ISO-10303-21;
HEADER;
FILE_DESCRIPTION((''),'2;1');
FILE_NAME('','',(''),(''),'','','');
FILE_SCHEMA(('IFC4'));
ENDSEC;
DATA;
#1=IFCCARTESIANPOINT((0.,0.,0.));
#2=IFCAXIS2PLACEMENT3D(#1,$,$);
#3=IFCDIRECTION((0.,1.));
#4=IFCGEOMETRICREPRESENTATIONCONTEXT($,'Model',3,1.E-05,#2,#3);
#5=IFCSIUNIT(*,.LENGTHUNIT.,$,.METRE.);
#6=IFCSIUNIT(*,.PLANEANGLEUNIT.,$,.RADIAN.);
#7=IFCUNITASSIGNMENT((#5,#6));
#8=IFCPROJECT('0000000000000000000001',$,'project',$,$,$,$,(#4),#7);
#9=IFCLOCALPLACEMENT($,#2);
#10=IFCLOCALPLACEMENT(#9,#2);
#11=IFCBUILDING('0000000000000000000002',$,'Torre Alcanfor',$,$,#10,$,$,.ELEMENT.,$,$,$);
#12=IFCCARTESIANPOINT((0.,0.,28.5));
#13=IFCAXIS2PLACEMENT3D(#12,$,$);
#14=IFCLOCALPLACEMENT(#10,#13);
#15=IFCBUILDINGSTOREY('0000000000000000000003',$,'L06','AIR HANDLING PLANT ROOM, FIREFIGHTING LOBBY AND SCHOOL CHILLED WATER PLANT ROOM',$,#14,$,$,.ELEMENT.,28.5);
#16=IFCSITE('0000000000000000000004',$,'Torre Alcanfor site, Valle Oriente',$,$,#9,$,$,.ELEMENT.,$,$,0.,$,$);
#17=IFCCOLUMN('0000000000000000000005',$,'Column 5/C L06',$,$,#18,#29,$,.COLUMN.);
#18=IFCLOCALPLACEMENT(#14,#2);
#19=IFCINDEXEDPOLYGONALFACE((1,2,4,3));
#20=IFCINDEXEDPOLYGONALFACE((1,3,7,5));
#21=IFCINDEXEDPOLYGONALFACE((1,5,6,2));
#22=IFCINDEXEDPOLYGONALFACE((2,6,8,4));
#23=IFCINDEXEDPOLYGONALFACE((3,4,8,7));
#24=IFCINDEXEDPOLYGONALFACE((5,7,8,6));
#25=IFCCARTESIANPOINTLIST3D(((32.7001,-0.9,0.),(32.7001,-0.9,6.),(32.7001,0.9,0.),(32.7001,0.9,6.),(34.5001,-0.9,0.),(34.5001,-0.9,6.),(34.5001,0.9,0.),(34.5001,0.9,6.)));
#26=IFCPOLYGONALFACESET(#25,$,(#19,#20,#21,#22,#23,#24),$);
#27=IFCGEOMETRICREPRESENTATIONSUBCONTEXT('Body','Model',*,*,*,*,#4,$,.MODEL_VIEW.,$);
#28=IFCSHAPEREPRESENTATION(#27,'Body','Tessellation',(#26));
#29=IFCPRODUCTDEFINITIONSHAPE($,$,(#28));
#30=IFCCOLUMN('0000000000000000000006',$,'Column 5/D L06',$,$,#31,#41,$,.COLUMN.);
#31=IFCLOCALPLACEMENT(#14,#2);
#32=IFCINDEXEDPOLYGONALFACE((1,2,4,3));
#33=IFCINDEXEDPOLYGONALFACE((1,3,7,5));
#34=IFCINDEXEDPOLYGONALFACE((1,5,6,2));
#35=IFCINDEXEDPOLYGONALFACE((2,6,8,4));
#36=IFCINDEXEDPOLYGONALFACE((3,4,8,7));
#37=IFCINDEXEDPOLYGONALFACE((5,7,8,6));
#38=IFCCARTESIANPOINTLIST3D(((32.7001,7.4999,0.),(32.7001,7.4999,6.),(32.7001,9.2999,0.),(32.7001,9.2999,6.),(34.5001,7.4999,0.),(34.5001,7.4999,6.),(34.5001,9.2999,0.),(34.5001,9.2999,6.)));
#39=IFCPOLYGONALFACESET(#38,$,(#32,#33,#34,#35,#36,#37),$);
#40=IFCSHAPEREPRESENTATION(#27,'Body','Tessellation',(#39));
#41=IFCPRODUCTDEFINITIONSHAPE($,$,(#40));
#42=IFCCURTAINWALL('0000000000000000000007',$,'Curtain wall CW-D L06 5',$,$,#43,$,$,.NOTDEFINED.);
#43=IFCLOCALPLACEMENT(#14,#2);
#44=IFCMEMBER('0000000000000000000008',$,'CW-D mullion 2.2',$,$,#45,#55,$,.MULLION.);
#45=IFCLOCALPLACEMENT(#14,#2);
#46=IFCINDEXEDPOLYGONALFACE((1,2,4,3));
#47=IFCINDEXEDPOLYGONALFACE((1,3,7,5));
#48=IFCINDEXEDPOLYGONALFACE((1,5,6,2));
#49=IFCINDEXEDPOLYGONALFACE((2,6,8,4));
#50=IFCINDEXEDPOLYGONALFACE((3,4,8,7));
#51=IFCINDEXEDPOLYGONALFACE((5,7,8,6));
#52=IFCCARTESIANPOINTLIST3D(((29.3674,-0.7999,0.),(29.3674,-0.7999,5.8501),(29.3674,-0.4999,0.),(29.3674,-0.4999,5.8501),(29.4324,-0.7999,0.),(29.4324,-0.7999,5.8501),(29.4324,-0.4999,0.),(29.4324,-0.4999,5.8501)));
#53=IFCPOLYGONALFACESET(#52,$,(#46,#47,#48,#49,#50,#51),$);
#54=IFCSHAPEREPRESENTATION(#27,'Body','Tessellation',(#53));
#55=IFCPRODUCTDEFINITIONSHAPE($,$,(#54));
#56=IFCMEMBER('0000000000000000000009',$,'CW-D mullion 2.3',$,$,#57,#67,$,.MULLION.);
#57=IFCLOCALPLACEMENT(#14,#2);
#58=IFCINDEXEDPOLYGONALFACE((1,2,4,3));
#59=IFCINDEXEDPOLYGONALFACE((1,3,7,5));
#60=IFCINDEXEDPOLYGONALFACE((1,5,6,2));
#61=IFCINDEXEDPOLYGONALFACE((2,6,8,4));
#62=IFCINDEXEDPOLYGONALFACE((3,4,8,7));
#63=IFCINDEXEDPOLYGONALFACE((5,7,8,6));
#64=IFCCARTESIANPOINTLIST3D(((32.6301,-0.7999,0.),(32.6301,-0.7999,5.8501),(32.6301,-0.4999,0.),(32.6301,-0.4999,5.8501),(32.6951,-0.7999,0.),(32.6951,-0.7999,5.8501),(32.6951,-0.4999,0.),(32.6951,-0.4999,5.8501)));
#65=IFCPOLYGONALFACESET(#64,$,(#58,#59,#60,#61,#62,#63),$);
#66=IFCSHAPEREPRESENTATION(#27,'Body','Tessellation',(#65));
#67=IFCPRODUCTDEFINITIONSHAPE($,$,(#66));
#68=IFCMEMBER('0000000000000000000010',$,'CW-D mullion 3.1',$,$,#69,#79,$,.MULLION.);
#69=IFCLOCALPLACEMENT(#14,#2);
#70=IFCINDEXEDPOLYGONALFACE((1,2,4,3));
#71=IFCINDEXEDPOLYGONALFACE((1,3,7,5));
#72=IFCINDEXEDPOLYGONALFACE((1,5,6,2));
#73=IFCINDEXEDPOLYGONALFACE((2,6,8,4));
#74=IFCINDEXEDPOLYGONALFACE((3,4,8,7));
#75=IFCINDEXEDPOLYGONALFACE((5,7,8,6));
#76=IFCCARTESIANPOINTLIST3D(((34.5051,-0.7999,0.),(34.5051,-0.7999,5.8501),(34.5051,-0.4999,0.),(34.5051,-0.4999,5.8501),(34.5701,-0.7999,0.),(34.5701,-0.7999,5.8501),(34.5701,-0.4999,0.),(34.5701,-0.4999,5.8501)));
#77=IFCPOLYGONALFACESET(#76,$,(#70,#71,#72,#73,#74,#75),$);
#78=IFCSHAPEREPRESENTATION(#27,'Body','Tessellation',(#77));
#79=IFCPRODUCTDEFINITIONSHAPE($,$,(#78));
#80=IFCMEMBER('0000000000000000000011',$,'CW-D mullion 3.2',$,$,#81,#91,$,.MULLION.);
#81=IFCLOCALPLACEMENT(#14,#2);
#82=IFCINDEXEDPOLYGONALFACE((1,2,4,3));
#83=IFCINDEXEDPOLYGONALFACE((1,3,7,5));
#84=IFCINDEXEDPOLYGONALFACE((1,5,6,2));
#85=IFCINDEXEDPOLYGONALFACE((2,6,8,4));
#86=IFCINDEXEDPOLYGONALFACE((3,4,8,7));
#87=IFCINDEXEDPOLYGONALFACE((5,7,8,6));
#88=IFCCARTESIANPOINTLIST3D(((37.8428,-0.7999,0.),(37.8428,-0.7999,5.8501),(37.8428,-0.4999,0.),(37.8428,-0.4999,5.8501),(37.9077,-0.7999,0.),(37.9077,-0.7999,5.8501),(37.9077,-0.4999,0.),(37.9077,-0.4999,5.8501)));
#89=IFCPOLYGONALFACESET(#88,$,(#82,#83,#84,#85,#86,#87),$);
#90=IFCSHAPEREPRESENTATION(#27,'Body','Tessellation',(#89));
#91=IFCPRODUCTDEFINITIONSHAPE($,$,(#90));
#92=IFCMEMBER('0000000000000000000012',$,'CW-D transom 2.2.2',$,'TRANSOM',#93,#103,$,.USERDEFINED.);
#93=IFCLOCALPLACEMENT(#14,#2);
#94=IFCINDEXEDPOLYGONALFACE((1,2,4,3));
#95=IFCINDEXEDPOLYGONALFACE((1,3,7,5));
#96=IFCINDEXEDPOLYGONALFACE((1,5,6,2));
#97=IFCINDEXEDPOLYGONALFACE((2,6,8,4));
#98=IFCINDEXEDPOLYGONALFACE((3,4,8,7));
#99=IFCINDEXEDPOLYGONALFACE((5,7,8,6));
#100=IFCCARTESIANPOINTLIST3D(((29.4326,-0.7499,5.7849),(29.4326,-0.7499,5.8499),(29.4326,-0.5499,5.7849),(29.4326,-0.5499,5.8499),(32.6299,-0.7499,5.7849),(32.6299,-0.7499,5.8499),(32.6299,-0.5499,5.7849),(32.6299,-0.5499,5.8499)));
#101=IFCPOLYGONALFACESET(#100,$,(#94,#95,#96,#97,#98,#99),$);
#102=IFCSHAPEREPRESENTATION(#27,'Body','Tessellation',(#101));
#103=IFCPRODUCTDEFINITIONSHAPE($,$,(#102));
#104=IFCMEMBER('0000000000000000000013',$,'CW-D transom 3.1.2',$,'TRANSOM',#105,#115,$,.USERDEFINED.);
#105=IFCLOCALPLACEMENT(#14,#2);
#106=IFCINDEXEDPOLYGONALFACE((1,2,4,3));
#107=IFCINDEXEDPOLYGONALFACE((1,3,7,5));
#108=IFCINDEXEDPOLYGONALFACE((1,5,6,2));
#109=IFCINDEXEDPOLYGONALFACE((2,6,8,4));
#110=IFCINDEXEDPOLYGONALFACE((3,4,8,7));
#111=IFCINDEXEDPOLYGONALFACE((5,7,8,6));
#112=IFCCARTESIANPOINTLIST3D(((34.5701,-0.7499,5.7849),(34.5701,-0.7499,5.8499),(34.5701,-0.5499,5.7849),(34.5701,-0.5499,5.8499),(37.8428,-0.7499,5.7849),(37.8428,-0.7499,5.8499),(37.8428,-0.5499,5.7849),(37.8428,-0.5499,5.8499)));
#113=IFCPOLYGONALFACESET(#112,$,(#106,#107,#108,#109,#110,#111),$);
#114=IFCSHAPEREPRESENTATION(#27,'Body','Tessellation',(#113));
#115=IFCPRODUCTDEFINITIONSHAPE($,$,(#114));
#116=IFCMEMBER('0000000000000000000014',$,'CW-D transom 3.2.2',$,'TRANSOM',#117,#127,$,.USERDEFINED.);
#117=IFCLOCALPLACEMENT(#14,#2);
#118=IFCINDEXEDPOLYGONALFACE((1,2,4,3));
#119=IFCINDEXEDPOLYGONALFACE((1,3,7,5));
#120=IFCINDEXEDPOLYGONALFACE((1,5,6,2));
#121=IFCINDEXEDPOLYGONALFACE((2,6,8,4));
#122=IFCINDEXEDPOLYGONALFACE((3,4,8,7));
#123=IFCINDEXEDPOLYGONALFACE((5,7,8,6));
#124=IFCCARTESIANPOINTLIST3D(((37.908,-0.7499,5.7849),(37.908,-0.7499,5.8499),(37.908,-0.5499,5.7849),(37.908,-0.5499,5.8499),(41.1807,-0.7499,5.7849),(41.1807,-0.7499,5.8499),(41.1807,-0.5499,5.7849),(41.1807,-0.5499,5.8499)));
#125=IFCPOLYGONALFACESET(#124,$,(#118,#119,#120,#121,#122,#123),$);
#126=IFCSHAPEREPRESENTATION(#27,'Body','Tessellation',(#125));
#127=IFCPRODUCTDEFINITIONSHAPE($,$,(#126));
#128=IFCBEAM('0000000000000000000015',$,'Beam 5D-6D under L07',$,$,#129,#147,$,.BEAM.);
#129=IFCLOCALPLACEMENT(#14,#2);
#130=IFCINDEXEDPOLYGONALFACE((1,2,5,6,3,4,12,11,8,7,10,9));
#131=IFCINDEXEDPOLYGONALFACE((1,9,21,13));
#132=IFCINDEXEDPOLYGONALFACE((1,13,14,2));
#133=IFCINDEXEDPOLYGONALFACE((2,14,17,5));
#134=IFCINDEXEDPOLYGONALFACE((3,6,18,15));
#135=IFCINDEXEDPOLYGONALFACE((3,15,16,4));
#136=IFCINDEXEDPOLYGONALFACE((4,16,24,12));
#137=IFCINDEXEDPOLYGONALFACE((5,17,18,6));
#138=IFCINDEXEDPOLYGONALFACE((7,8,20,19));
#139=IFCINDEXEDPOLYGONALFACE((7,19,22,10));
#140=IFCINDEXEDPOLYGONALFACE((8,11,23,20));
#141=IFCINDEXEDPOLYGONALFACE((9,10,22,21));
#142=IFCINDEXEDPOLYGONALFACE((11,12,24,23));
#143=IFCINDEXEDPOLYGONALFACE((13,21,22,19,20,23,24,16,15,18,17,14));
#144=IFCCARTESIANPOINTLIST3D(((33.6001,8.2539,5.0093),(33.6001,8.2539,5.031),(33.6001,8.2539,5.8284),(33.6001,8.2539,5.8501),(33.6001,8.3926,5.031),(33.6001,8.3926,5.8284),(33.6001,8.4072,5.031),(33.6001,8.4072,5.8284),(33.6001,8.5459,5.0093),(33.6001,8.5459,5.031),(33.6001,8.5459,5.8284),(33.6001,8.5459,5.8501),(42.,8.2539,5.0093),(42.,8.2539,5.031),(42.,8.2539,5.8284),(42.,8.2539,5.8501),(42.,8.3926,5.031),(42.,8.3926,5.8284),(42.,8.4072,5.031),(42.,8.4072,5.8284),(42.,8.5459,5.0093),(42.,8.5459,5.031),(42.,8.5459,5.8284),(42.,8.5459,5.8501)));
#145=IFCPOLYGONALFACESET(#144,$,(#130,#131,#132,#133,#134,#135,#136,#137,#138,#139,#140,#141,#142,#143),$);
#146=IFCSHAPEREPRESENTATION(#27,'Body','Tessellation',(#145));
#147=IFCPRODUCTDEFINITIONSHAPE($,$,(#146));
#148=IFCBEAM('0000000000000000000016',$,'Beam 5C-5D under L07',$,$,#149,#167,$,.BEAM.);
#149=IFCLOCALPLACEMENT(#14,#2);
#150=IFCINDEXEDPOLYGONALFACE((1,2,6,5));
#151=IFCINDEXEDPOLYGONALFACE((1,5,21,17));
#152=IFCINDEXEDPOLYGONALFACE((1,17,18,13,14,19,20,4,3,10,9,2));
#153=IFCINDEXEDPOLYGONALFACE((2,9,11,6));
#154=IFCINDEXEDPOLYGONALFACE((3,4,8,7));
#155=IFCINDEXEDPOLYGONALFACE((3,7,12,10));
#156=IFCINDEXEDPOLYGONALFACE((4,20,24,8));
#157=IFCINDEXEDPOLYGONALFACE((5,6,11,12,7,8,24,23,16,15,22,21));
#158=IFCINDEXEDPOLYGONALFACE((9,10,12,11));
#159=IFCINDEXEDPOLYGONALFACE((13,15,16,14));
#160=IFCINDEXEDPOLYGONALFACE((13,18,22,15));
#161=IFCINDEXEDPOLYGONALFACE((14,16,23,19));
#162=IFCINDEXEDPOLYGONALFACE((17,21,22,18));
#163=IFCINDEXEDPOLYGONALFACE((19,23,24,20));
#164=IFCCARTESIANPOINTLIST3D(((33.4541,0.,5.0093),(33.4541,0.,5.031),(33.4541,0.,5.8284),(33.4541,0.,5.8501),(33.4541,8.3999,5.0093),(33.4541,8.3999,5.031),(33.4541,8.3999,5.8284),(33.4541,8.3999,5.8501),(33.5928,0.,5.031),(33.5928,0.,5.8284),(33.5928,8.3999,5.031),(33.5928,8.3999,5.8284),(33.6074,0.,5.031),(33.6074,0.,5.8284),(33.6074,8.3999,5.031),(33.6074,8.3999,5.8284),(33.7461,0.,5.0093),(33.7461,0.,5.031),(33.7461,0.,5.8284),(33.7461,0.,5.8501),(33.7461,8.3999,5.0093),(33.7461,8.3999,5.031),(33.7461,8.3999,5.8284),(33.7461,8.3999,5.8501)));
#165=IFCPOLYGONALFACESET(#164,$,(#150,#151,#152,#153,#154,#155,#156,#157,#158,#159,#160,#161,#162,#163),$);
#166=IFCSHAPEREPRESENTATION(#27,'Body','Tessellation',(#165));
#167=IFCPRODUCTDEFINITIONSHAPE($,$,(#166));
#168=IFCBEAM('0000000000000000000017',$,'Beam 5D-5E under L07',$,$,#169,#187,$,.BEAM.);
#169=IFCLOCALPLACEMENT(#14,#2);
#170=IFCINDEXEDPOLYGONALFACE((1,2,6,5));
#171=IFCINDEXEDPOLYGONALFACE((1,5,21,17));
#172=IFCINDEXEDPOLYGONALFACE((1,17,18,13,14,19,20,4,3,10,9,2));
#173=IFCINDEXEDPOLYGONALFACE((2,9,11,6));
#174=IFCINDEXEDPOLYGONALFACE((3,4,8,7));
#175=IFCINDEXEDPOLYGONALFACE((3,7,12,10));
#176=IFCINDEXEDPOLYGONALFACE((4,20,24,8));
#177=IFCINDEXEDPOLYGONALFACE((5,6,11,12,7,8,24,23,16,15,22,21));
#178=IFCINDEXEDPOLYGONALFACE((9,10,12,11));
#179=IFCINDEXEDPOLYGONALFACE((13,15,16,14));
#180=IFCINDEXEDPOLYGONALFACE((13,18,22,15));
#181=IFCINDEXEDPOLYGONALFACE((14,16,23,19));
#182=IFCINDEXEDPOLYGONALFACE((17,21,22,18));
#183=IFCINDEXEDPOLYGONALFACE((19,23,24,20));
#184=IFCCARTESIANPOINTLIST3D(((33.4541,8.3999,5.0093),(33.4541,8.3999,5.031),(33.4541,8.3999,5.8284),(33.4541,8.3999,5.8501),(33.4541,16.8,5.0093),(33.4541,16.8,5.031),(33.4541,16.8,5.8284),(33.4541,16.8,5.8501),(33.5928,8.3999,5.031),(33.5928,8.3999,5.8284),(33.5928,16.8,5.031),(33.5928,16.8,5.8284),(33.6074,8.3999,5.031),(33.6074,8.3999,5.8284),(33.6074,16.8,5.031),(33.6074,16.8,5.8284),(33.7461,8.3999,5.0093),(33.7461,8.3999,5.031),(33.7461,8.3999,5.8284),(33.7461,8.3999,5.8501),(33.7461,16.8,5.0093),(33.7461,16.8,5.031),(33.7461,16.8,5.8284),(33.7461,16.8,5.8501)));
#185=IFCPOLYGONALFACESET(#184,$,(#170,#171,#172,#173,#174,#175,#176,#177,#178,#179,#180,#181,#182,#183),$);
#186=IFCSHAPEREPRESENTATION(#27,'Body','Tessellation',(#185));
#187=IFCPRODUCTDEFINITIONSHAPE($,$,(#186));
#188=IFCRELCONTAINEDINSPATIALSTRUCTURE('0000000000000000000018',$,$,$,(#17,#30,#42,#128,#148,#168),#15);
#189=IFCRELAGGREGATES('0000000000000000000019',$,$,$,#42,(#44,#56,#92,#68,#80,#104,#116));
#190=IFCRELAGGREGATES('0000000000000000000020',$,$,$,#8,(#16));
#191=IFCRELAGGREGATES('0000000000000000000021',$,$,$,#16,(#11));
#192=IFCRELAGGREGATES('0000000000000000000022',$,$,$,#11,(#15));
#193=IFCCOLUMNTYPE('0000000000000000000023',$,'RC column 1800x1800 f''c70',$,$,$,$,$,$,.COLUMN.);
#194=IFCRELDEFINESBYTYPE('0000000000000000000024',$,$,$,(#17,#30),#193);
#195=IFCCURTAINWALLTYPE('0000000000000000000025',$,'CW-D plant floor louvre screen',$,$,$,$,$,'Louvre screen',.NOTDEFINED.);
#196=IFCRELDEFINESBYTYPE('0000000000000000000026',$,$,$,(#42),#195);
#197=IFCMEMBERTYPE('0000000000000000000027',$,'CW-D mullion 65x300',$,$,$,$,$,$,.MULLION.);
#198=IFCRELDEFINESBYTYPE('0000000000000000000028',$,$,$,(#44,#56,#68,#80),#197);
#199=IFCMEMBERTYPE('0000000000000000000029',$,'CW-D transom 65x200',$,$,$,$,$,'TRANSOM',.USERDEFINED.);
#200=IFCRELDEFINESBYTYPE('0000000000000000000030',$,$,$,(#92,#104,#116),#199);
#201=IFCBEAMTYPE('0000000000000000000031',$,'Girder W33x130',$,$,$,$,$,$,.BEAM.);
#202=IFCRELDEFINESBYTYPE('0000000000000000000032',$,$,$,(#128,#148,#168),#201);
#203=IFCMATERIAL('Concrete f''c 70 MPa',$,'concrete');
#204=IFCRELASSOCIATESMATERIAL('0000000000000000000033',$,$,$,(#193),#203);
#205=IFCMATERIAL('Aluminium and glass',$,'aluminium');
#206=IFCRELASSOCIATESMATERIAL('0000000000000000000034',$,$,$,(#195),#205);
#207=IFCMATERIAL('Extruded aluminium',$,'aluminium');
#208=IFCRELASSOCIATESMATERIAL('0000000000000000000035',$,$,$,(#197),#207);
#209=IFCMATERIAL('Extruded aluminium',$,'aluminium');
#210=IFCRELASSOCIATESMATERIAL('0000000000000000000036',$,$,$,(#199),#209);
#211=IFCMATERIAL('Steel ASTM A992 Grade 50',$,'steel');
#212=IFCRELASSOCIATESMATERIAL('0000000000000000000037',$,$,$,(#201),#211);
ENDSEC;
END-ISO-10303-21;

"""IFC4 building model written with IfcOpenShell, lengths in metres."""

from ifc_helpers import new_model, si_unit, direction, frame, origin, origin_2d, place, context, subcontext, project, spatial, rectangle, i_section, extrude, material, material_profile, profile_set, type_object, element, aggregate, save


model = new_model("IFC4")

# Units and contexts
model_context = context("Model", 3, precision=1e-05, world=origin(), true_north=direction((0.0, 1.0)))
body_context = subcontext(model_context, "Body", "Model", "MODEL_VIEW")
ifc_project = project(units=[si_unit("LENGTHUNIT", "METRE"), si_unit("PLANEANGLEUNIT", "RADIAN")], contexts=[model_context])

# Site, building, storey
site_placement = place(None, origin())
site = spatial("IfcSite", under=ifc_project, at=site_placement, Name="Torre Alcanfor site, Valle Oriente", CompositionType="ELEMENT", RefElevation=0.0)
building_placement = place(site_placement, origin())
building = spatial("IfcBuilding", under=site, at=building_placement, Name="Torre Alcanfor", CompositionType="ELEMENT")
storey_placement = place(building_placement, frame((0.0, 0.0, 28.5)))
storey = spatial("IfcBuildingStorey", under=building, at=storey_placement, Name="L06", Description="AIR HANDLING PLANT ROOM, FIREFIGHTING LOBBY AND SCHOOL CHILLED WATER PLANT ROOM", CompositionType="ELEMENT", Elevation=28.5)

# Columns
ifc_material_1 = material(Name="Concrete f'c 70 MPa", Category="concrete")
ifc_material_profile_1 = material_profile(ifc_material_1, rectangle(XDim=1.8, YDim=1.8, at=origin_2d()), Name="1800x1800")
ifc_profile_set_1 = profile_set([ifc_material_profile_1], Name="Concrete f'c 70 MPa")
column_type = type_object("IfcColumnType", Name="RC column 1800x1800 f'c70", PredefinedType="COLUMN", material=ifc_profile_set_1)
for number, where, z_axis, x_axis, name in (
    (1, (33.6001, 0.0, 0.0), (0.0, 0.0, 1.0), (1.0, 0.0, 0.0), "Column 5/C L06"),
    (2, (33.6001, 8.3999, 0.0), (0.0, 0.0, 1.0), (1.0, 0.0, 0.0), "Column 5/D L06"),
):
    element("IfcColumn", number, at=place(storey_placement, frame(where, z_axis=z_axis, x_axis=x_axis)), inside=storey, type_object=column_type, Name=name, PredefinedType="COLUMN", context=body_context, shape_type="SweptSolid", body=[
        extrude(rectangle(XDim=1.8, YDim=1.8, at=origin_2d()), origin(), (0.0, 0.0, 1.0), 6.0),
    ])

# Curtain wall, members
ifc_material_2 = material(Name="Aluminium and glass", Category="aluminium")
curtain_wall_type = type_object("IfcCurtainWallType", Name="CW-D plant floor louvre screen", ElementType="Louvre screen", PredefinedType="NOTDEFINED", material=ifc_material_2)
curtain_wall_placement = place(storey_placement, origin())
curtain_wall = element("IfcCurtainWall", 3, at=curtain_wall_placement, inside=storey, type_object=curtain_wall_type, Name="Curtain wall CW-D L06 5", PredefinedType="NOTDEFINED")
ifc_material_3 = material(Name="Extruded aluminium", Category="aluminium")
ifc_material_profile_2 = material_profile(ifc_material_3, rectangle(XDim=0.3, YDim=0.0649, at=origin_2d()), Name="CW-D mullion 65x300")
ifc_profile_set_2 = profile_set([ifc_material_profile_2], Name="Extruded aluminium")
member_type_1 = type_object("IfcMemberType", Name="CW-D mullion 65x300", PredefinedType="MULLION", material=ifc_profile_set_2)
member_1_placement = place(storey_placement, frame((29.3999, -0.6499, 0.0), z_axis=(0.0, 0.0, 1.0), x_axis=(0.0, 1.0, 0.0)))
member_1 = element("IfcMember", 4, at=member_1_placement, type_object=member_type_1, Name="CW-D mullion 2.2", PredefinedType="MULLION", context=body_context, shape_type="SweptSolid", body=[
    extrude(rectangle(XDim=0.3, YDim=0.0649, at=origin_2d()), origin(), (0.0, 0.0, 1.0), 5.8501),
])
member_2_placement = place(storey_placement, frame((32.6626, -0.6499, 0.0), z_axis=(0.0, 0.0, 1.0), x_axis=(0.0, 1.0, 0.0)))
member_2 = element("IfcMember", 5, at=member_2_placement, type_object=member_type_1, Name="CW-D mullion 2.3", PredefinedType="MULLION", context=body_context, shape_type="SweptSolid", body=[
    extrude(rectangle(XDim=0.3, YDim=0.0649, at=origin_2d()), origin(), (0.0, 0.0, 1.0), 5.8501),
])
member_3_placement = place(storey_placement, frame((34.5376, -0.6499, 0.0), z_axis=(0.0, 0.0, 1.0), x_axis=(0.0, 1.0, 0.0)))
member_3 = element("IfcMember", 6, at=member_3_placement, type_object=member_type_1, Name="CW-D mullion 3.1", PredefinedType="MULLION", context=body_context, shape_type="SweptSolid", body=[
    extrude(rectangle(XDim=0.3, YDim=0.0649, at=origin_2d()), origin(), (0.0, 0.0, 1.0), 5.8501),
])
member_4_placement = place(storey_placement, frame((37.8752, -0.6499, 0.0), z_axis=(0.0, 0.0, 1.0), x_axis=(0.0, 1.0, 0.0)))
member_4 = element("IfcMember", 7, at=member_4_placement, type_object=member_type_1, Name="CW-D mullion 3.2", PredefinedType="MULLION", context=body_context, shape_type="SweptSolid", body=[
    extrude(rectangle(XDim=0.3, YDim=0.0649, at=origin_2d()), origin(), (0.0, 0.0, 1.0), 5.8501),
])
ifc_material_4 = material(Name="Extruded aluminium", Category="aluminium")
ifc_material_profile_3 = material_profile(ifc_material_4, rectangle(XDim=0.2, YDim=0.0649, at=origin_2d()), Name="CW-D transom 200x65")
ifc_profile_set_3 = profile_set([ifc_material_profile_3], Name="Extruded aluminium")
member_type_2 = type_object("IfcMemberType", Name="CW-D transom 65x200", ElementType="TRANSOM", PredefinedType="USERDEFINED", material=ifc_profile_set_3)
member_5_placement = place(storey_placement, frame((29.4326, -0.6499, 5.8174), z_axis=(1.0, 0.0, 0.0), x_axis=(0.0, 1.0, 0.0)))
member_5 = element("IfcMember", 8, at=member_5_placement, type_object=member_type_2, Name="CW-D transom 2.2.2", ObjectType="TRANSOM", PredefinedType="USERDEFINED", context=body_context, shape_type="SweptSolid", body=[
    extrude(rectangle(XDim=0.2, YDim=0.0649, at=origin_2d()), origin(), (0.0, 0.0, 1.0), 3.1973),
])
member_6_placement = place(storey_placement, frame((34.5701, -0.6499, 5.8174), z_axis=(1.0, 0.0, 0.0), x_axis=(0.0, 1.0, 0.0)))
member_6 = element("IfcMember", 9, at=member_6_placement, type_object=member_type_2, Name="CW-D transom 3.1.2", ObjectType="TRANSOM", PredefinedType="USERDEFINED", context=body_context, shape_type="SweptSolid", body=[
    extrude(rectangle(XDim=0.2, YDim=0.0649, at=origin_2d()), origin(), (0.0, 0.0, 1.0), 3.2727),
])
member_7_placement = place(storey_placement, frame((37.908, -0.6499, 5.8174), z_axis=(1.0, 0.0, 0.0), x_axis=(0.0, 1.0, 0.0)))
member_7 = element("IfcMember", 10, at=member_7_placement, type_object=member_type_2, Name="CW-D transom 3.2.2", ObjectType="TRANSOM", PredefinedType="USERDEFINED", context=body_context, shape_type="SweptSolid", body=[
    extrude(rectangle(XDim=0.2, YDim=0.0649, at=origin_2d()), origin(), (0.0, 0.0, 1.0), 3.2727),
])

# Beams
ifc_material_5 = material(Name="Steel ASTM A992 Grade 50", Category="steel")
ifc_material_profile_4 = material_profile(ifc_material_5, i_section(OverallWidth=0.292, OverallDepth=0.8408, WebThickness=0.0146, FlangeThickness=0.0217, at=origin_2d()), Name="W33x130")
ifc_profile_set_4 = profile_set([ifc_material_profile_4], Name="Steel ASTM A992 Grade 50")
beam_type_1 = type_object("IfcBeamType", Name="Girder W33x130", PredefinedType="BEAM", material=ifc_profile_set_4)
for number, where, z_axis, x_axis, name in (
    (11, (33.6001, 8.3999, 5.4297), (1.0, 0.0, 0.0), (0.0, 1.0, 0.0), "Beam 5D-6D under L07"),
    (12, (33.6001, 0.0, 5.4297), (0.0, 1.0, 0.0), (-1.0, 0.0, 0.0), "Beam 5C-5D under L07"),
):
    element("IfcBeam", number, at=place(storey_placement, frame(where, z_axis=z_axis, x_axis=x_axis)), inside=storey, type_object=beam_type_1, Name=name, PredefinedType="BEAM", context=body_context, shape_type="SweptSolid", body=[
        extrude(i_section(OverallWidth=0.292, OverallDepth=0.8408, WebThickness=0.0146, FlangeThickness=0.0217, at=origin_2d()), origin(), (0.0, 0.0, 1.0), 8.3999),
    ])
beam_1_placement = place(storey_placement, frame((33.6001, 8.3999, 5.4297), z_axis=(0.0, 1.0, 0.0), x_axis=(-1.0, 0.0, 0.0)))
element("IfcBeam", 13, at=beam_1_placement, inside=storey, type_object=beam_type_1, Name="Beam 5D-5E under L07", PredefinedType="BEAM", context=body_context, shape_type="SweptSolid", body=[
    extrude(i_section(OverallWidth=0.292, OverallDepth=0.8408, WebThickness=0.0146, FlangeThickness=0.0217, at=origin_2d()), origin(), (0.0, 0.0, 1.0), 8.4001),
])

aggregate(curtain_wall, [member_1, member_2, member_5, member_3, member_4, member_6, member_7])

save(model, "model.ifc")
